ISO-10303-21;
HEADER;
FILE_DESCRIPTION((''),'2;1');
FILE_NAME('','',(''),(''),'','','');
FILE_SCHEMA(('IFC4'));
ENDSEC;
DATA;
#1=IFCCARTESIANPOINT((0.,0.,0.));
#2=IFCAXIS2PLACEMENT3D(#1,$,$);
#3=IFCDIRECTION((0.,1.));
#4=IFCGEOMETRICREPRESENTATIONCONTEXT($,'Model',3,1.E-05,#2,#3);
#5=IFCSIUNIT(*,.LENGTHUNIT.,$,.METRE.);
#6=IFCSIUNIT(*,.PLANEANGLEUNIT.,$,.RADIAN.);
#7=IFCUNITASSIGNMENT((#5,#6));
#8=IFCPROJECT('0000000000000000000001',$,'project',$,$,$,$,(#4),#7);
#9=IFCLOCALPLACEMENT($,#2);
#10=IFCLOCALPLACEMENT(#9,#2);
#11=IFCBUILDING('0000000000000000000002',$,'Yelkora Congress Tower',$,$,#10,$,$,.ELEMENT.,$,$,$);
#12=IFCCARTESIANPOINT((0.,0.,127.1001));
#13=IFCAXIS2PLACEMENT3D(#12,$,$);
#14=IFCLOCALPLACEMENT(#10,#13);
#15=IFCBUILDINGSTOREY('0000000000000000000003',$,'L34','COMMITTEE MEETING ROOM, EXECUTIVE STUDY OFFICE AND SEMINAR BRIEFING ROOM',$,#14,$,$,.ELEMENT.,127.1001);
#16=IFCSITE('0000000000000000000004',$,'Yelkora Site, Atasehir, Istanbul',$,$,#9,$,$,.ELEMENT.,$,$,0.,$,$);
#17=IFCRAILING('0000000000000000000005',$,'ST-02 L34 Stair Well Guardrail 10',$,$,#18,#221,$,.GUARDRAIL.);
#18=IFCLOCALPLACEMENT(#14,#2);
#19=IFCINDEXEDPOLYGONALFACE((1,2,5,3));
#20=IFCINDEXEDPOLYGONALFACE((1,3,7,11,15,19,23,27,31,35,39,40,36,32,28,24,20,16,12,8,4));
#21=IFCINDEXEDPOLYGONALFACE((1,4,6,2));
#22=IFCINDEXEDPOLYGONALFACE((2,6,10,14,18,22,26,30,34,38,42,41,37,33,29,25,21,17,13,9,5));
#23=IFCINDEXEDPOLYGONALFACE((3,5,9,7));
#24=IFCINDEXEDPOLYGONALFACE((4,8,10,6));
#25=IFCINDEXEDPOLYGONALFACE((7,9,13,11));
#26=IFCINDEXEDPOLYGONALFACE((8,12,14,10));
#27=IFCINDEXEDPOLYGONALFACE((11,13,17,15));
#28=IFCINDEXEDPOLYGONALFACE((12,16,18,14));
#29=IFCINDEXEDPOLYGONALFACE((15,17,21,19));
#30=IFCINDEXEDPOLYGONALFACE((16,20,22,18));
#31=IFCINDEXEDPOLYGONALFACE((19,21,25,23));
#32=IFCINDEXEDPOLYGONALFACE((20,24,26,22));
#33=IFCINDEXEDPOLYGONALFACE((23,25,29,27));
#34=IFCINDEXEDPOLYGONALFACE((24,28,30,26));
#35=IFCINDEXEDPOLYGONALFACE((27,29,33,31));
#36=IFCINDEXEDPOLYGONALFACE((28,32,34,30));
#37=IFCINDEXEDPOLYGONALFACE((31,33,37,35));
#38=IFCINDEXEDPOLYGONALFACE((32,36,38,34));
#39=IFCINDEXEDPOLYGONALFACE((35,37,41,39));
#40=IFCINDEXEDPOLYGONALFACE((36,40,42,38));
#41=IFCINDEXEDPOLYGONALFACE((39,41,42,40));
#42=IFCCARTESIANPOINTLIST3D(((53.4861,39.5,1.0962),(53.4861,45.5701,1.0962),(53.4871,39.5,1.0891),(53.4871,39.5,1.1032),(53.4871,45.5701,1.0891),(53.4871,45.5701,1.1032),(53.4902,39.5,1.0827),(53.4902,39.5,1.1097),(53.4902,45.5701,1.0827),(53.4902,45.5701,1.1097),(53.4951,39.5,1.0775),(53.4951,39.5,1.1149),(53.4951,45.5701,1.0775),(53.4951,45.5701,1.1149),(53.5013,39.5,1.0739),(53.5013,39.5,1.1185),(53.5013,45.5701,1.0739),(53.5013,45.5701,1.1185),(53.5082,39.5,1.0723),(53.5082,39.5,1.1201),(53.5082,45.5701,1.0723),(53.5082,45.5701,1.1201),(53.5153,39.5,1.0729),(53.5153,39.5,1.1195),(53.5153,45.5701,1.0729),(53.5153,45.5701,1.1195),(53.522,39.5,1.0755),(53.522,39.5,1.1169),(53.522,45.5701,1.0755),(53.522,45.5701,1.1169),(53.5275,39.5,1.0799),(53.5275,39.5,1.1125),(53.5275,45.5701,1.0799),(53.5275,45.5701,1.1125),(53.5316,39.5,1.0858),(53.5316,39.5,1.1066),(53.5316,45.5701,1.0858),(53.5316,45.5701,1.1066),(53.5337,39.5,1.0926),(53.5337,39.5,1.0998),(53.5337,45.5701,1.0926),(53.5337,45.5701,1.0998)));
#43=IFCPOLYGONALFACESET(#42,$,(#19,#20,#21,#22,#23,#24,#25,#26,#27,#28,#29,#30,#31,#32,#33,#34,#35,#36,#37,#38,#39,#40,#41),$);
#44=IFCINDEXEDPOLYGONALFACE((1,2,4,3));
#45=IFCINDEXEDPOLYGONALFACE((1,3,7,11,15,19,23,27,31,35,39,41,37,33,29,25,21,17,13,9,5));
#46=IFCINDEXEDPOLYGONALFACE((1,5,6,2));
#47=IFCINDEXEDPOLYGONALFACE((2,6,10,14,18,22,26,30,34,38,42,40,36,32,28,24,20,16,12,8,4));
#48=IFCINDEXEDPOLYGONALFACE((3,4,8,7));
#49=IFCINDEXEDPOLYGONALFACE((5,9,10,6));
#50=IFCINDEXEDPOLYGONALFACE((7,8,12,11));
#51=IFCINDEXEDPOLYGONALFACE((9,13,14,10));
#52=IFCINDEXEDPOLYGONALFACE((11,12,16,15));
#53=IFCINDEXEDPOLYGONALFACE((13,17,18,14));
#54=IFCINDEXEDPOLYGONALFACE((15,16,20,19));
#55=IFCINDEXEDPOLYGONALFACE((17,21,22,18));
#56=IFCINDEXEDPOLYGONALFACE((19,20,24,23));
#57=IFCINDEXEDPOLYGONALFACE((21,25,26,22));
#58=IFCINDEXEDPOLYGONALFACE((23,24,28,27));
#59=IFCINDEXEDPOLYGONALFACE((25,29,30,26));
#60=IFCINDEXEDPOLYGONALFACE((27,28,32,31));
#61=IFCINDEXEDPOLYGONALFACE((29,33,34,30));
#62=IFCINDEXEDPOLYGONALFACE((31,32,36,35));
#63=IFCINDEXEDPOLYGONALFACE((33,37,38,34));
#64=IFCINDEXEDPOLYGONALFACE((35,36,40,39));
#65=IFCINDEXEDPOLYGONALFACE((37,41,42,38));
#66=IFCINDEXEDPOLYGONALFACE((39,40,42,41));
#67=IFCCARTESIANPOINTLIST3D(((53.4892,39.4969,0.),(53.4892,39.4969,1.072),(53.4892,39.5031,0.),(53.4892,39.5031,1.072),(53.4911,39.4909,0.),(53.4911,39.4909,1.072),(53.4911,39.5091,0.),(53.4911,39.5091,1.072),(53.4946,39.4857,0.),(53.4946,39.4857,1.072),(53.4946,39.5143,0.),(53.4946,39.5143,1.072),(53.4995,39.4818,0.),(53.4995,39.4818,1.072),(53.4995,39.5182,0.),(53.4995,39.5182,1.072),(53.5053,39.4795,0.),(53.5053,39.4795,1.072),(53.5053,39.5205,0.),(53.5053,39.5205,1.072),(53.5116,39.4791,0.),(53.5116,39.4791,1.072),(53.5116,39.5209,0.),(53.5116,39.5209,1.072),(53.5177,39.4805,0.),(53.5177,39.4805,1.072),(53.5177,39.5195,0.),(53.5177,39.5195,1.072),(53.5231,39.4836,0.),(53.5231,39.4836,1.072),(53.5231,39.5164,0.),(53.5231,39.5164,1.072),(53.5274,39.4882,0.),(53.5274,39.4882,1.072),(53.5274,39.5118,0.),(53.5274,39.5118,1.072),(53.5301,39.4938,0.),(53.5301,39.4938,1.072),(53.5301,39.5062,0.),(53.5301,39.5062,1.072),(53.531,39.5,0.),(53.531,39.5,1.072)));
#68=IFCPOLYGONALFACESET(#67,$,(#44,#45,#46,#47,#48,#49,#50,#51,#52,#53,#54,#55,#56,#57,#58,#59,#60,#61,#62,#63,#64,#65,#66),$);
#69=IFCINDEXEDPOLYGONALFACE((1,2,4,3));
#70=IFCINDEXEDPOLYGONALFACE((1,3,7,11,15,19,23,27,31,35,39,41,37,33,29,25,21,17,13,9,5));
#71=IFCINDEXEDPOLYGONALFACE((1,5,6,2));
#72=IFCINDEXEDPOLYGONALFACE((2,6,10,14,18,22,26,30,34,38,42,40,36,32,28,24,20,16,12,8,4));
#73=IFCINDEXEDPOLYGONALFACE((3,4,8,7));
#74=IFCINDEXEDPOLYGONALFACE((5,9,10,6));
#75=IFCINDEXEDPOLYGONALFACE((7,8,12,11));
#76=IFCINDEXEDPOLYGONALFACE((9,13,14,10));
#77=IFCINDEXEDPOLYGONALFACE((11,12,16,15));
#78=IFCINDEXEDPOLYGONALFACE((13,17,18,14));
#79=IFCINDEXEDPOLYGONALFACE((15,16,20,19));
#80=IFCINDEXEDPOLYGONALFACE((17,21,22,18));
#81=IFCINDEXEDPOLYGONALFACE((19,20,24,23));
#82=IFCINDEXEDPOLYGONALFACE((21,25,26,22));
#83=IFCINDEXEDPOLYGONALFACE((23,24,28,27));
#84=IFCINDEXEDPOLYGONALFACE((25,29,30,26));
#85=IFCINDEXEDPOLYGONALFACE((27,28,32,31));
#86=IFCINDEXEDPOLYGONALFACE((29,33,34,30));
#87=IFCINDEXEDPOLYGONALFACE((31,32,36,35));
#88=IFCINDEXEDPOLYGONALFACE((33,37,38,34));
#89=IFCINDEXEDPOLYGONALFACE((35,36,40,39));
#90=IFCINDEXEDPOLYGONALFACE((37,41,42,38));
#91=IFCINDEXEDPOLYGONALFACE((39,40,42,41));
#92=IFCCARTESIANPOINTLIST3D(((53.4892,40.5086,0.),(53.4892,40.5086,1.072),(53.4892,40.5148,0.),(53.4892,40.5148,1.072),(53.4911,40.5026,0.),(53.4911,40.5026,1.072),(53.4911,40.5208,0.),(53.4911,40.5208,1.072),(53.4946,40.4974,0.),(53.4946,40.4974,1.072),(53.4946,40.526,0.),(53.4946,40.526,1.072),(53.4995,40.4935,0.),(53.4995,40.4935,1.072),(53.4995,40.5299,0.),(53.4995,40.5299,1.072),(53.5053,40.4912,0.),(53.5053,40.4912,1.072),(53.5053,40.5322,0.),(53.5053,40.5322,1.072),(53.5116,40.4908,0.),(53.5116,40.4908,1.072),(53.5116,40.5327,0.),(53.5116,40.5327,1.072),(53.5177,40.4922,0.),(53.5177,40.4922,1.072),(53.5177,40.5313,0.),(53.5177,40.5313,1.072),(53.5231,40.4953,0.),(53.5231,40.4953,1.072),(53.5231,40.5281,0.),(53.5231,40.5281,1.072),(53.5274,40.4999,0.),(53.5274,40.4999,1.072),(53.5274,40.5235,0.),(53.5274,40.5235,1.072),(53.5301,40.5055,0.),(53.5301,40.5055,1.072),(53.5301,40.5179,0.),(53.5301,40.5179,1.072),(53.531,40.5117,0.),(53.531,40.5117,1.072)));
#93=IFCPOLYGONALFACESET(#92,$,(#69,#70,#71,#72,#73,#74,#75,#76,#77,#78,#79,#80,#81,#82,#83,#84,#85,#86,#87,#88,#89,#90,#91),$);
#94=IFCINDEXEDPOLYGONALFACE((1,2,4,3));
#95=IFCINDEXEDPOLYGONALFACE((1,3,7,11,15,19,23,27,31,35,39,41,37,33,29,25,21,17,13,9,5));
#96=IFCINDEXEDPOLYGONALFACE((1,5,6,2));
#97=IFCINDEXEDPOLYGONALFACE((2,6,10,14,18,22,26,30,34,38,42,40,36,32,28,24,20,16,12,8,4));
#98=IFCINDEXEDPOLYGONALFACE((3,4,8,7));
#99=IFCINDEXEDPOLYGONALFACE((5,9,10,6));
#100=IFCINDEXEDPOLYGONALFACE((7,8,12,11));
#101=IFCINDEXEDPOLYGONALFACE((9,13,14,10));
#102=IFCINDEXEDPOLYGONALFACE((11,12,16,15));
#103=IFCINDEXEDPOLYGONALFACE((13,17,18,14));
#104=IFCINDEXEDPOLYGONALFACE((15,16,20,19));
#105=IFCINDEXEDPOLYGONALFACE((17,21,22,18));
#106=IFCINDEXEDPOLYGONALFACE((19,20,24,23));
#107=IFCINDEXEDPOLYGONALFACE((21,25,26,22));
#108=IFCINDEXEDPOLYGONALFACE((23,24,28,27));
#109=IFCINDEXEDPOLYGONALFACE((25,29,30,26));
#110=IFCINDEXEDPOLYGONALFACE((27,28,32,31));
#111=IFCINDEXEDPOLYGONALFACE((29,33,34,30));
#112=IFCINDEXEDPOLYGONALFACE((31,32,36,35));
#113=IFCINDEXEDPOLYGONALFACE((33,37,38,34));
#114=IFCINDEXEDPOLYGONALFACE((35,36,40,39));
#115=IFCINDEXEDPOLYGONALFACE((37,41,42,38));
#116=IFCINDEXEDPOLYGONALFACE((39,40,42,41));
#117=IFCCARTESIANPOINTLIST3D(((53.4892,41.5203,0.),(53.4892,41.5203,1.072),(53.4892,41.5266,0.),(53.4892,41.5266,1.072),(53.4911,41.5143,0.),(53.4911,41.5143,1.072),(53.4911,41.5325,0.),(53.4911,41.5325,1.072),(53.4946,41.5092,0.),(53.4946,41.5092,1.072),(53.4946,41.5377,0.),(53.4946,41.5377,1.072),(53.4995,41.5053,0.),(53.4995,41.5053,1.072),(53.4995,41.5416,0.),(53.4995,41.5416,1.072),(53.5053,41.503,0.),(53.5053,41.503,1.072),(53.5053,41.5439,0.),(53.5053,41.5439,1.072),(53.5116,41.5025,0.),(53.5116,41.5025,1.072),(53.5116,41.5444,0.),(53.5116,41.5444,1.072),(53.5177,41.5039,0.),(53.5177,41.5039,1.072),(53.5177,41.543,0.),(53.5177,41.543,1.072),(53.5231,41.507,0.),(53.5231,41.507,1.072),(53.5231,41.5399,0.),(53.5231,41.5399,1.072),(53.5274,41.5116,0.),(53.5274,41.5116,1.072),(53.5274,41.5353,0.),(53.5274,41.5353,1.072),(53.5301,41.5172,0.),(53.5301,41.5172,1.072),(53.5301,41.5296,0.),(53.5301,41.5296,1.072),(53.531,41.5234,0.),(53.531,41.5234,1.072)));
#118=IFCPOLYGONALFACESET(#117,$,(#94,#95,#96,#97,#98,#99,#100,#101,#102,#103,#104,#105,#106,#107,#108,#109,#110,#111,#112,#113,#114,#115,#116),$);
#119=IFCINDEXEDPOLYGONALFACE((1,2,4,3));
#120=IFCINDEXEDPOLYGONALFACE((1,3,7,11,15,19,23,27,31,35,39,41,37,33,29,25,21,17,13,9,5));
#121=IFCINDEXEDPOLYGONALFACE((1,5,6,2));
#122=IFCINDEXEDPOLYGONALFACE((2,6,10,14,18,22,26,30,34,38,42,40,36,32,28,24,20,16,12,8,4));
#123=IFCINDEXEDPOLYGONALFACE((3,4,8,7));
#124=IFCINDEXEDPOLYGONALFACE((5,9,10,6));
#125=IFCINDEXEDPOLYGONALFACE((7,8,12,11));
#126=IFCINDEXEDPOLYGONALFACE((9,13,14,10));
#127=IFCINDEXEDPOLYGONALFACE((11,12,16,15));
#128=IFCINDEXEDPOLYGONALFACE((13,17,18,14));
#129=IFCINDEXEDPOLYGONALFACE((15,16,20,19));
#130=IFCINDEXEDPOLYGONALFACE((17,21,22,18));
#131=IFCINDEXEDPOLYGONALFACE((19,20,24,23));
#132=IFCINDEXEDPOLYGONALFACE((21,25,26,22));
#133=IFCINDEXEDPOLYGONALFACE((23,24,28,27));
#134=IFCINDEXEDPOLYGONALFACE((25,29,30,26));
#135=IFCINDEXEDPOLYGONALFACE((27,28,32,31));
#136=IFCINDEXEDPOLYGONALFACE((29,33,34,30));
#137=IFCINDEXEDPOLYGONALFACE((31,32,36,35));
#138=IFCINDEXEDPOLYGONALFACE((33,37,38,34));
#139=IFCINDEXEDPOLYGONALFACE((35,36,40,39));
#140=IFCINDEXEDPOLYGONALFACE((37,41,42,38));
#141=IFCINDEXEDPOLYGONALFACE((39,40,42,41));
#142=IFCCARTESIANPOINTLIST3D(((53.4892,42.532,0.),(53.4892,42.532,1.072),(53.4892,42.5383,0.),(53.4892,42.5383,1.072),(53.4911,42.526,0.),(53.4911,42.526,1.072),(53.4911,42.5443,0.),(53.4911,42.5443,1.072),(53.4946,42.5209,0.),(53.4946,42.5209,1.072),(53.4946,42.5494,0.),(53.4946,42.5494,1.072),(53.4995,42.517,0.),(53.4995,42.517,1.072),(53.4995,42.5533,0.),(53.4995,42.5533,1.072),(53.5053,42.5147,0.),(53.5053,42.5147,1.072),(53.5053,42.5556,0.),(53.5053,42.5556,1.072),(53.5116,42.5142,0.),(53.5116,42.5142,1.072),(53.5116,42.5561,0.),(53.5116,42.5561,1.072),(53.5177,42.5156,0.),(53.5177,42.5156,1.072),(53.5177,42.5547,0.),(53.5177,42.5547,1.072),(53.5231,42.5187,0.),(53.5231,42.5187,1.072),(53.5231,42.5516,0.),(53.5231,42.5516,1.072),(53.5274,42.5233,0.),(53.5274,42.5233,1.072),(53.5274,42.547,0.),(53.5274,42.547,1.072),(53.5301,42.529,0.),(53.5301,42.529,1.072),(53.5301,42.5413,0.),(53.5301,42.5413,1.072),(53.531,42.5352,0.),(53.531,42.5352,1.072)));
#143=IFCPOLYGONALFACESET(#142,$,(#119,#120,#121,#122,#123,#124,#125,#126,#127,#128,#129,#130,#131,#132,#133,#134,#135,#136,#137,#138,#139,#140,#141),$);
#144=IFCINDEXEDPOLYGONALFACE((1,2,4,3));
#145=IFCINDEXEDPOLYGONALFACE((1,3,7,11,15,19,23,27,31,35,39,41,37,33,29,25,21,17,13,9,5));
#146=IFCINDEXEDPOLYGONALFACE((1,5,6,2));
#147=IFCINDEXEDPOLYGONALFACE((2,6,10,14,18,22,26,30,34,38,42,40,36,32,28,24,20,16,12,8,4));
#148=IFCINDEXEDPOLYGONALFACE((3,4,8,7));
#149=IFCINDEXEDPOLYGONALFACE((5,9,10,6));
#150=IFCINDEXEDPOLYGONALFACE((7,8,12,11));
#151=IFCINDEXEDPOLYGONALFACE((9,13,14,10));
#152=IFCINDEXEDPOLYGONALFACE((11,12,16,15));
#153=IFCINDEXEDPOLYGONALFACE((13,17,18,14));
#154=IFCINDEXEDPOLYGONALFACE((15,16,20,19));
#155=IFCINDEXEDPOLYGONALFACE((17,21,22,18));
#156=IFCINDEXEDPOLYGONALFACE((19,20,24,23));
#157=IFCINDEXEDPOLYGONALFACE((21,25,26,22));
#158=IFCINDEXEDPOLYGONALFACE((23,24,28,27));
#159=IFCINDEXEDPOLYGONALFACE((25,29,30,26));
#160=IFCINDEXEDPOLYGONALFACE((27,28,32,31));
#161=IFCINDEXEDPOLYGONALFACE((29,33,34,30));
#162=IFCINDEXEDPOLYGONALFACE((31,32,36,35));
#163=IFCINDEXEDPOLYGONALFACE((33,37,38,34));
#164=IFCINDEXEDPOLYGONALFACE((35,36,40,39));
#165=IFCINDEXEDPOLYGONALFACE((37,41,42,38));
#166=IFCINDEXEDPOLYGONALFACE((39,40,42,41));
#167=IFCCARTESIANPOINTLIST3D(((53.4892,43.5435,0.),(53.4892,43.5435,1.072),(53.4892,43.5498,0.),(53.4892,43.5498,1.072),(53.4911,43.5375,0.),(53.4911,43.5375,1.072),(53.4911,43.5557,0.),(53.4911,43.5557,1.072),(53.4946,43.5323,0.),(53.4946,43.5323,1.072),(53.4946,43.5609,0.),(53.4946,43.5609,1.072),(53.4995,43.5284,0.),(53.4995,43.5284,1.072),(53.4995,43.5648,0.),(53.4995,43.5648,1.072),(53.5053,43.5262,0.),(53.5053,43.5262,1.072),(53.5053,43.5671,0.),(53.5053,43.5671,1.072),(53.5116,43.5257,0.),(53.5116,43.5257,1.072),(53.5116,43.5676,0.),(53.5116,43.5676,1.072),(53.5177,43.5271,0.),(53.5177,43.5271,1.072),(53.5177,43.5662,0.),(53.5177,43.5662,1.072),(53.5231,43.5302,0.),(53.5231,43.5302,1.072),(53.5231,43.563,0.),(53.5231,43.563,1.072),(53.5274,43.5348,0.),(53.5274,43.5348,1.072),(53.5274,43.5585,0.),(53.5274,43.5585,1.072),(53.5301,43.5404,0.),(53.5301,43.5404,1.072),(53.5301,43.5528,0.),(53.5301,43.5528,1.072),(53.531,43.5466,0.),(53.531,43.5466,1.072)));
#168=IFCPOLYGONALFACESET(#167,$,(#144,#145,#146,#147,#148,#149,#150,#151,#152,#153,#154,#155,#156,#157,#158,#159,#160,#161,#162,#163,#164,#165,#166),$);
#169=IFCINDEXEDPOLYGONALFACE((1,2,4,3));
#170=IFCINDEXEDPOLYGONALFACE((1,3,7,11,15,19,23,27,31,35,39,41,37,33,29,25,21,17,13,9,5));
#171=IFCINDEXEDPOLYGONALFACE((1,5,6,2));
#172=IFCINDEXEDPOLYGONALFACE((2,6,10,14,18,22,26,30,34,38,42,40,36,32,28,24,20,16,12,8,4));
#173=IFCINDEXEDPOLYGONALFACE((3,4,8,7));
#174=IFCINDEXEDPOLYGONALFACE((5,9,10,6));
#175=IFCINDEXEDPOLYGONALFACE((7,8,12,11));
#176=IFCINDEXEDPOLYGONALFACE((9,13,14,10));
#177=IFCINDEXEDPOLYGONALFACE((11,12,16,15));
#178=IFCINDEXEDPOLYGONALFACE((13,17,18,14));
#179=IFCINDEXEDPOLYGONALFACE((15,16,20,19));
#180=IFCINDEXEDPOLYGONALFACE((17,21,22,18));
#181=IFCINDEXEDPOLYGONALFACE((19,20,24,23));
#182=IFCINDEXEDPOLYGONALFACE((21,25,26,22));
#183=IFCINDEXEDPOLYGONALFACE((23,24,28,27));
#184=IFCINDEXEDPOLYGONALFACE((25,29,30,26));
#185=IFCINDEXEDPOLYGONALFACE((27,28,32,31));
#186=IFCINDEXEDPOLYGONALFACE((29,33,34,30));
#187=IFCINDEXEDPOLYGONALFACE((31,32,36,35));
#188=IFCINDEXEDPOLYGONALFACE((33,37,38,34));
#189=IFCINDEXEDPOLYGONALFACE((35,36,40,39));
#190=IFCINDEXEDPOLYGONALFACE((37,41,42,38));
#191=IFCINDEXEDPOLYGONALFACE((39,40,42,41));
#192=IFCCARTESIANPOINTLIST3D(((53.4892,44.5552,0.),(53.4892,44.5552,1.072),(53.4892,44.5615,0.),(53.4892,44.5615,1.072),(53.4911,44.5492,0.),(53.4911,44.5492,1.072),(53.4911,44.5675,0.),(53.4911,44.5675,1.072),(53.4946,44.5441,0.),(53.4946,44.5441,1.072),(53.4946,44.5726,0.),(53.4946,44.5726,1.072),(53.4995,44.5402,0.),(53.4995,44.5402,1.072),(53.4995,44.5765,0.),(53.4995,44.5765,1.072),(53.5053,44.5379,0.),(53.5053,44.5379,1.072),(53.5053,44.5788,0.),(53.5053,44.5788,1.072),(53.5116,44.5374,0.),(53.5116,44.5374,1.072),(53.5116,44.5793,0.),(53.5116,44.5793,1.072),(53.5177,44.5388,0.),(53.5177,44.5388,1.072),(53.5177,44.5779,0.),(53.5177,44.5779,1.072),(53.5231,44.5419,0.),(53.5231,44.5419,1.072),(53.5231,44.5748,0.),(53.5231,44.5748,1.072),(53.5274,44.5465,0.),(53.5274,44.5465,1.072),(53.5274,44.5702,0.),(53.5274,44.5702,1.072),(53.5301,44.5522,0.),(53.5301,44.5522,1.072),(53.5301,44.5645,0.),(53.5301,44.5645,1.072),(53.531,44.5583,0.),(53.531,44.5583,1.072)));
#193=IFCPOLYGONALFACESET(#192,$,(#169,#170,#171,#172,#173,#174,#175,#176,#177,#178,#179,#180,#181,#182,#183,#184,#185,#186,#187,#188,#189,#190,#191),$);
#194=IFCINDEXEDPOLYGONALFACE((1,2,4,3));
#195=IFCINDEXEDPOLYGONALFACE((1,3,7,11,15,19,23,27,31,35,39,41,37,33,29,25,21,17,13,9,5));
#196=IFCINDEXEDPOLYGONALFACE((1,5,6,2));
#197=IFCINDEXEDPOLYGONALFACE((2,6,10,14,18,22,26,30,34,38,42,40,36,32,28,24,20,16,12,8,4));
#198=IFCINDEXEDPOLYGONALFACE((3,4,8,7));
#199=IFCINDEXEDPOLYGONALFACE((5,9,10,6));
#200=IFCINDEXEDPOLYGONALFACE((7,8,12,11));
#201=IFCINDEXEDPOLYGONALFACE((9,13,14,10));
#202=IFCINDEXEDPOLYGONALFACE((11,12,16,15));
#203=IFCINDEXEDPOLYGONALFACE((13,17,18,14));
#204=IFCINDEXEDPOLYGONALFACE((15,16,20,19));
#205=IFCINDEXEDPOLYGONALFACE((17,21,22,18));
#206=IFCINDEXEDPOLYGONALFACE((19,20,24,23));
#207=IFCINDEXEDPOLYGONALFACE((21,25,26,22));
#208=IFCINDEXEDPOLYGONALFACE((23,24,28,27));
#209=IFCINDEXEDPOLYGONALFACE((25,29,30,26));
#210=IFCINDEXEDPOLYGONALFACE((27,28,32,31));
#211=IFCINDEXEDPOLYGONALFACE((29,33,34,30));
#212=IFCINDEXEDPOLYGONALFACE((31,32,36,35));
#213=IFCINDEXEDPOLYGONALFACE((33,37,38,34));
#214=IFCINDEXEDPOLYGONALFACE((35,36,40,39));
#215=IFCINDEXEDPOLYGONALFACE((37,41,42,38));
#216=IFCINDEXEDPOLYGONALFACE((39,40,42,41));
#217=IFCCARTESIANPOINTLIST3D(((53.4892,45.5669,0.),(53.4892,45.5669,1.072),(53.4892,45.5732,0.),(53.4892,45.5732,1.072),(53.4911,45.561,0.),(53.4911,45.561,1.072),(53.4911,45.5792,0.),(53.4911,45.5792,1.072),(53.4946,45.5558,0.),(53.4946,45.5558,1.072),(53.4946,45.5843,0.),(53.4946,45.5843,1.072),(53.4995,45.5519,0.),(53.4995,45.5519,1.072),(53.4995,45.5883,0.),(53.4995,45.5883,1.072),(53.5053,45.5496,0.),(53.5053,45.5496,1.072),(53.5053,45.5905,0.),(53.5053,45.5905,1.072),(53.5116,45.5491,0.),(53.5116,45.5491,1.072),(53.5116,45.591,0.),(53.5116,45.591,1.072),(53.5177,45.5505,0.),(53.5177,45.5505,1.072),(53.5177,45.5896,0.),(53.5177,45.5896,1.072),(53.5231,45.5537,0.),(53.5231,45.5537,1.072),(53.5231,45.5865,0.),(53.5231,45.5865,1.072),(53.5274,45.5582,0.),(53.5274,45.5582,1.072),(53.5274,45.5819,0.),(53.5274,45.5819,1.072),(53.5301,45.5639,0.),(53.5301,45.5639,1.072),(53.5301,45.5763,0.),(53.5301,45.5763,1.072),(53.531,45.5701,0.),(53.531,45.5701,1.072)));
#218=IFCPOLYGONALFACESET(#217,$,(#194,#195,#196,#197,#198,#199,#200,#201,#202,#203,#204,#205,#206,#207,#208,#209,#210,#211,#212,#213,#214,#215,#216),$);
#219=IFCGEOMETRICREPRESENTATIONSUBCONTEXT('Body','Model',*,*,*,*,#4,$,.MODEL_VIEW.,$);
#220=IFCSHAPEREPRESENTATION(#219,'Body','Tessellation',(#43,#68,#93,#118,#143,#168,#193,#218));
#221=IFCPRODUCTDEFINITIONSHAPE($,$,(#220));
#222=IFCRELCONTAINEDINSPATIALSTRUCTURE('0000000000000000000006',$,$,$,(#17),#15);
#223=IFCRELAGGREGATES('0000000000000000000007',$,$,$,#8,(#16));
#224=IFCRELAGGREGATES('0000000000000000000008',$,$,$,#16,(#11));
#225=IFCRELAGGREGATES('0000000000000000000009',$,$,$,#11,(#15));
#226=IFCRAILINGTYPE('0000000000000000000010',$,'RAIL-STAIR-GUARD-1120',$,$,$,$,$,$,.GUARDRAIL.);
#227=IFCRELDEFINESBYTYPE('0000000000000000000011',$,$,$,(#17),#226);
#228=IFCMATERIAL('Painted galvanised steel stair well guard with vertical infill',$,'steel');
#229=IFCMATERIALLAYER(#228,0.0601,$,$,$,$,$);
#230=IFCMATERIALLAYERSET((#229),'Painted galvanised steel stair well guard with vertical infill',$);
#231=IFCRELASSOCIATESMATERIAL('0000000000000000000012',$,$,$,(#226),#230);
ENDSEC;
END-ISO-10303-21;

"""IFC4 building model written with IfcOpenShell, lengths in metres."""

from ifc_helpers import new_model, si_unit, direction, frame, origin, origin_2d, place, context, subcontext, project, spatial, circle, extrude, material, layer, layer_set, type_object, element, save


model = new_model("IFC4")

# Units and contexts
model_context = context("Model", 3, precision=1e-05, world=origin(), true_north=direction((0.0, 1.0)))
body_context = subcontext(model_context, "Body", "Model", "MODEL_VIEW")
ifc_project = project(units=[si_unit("LENGTHUNIT", "METRE"), si_unit("PLANEANGLEUNIT", "RADIAN")], contexts=[model_context])

# Site, building, storey
site_placement = place(None, origin())
site = spatial("IfcSite", under=ifc_project, at=site_placement, Name="Yelkora Site, Atasehir, Istanbul", CompositionType="ELEMENT", RefElevation=0.0)
building_placement = place(site_placement, origin())
building = spatial("IfcBuilding", under=site, at=building_placement, Name="Yelkora Congress Tower", CompositionType="ELEMENT")
storey_placement = place(building_placement, frame((0.0, 0.0, 127.1001)))
storey = spatial("IfcBuildingStorey", under=building, at=storey_placement, Name="L34", Description="COMMITTEE MEETING ROOM, EXECUTIVE STUDY OFFICE AND SEMINAR BRIEFING ROOM", CompositionType="ELEMENT", Elevation=127.1001)

# Railing
ifc_material_1 = material(Name="Painted galvanised steel stair well guard with vertical infill", Category="steel")
ifc_layer_1 = layer(ifc_material_1, 0.0601)
ifc_layer_set_1 = layer_set([ifc_layer_1], Name="Painted galvanised steel stair well guard with vertical infill")
railing_type = type_object("IfcRailingType", Name="RAIL-STAIR-GUARD-1120", PredefinedType="GUARDRAIL", material=ifc_layer_set_1)
railing_1_placement = place(storey_placement, frame((53.51, 39.5, 0.0)))
element("IfcRailing", 1, at=railing_1_placement, inside=storey, type_object=railing_type, Name="ST-02 L34 Stair Well Guardrail 10", PredefinedType="GUARDRAIL", context=body_context, shape_type="SweptSolid", body=[
    extrude(circle(Radius=0.0239, at=origin_2d()), frame((0.0, 0.0, 1.0962), z_axis=(0.0, 1.0, 0.0), x_axis=(-1.0, 0.0, 0.0)), (0.0, 0.0, 1.0), 6.0701),
    extrude(circle(Radius=0.021, at=origin_2d()), origin(), (0.0, 0.0, 1.0), 1.072),
    extrude(circle(Radius=0.021, at=origin_2d()), frame((0.0, 1.0117, 0.0)), (0.0, 0.0, 1.0), 1.072),
    extrude(circle(Radius=0.021, at=origin_2d()), frame((0.0, 2.0234, 0.0)), (0.0, 0.0, 1.0), 1.072),
    extrude(circle(Radius=0.021, at=origin_2d()), frame((0.0, 3.0352, 0.0)), (0.0, 0.0, 1.0), 1.072),
    extrude(circle(Radius=0.021, at=origin_2d()), frame((0.0, 4.0466, 0.0)), (0.0, 0.0, 1.0), 1.072),
    extrude(circle(Radius=0.021, at=origin_2d()), frame((0.0, 5.0583, 0.0)), (0.0, 0.0, 1.0), 1.072),
    extrude(circle(Radius=0.021, at=origin_2d()), frame((0.0, 6.0701, 0.0)), (0.0, 0.0, 1.0), 1.072),
])

save(model, "model.ifc")
